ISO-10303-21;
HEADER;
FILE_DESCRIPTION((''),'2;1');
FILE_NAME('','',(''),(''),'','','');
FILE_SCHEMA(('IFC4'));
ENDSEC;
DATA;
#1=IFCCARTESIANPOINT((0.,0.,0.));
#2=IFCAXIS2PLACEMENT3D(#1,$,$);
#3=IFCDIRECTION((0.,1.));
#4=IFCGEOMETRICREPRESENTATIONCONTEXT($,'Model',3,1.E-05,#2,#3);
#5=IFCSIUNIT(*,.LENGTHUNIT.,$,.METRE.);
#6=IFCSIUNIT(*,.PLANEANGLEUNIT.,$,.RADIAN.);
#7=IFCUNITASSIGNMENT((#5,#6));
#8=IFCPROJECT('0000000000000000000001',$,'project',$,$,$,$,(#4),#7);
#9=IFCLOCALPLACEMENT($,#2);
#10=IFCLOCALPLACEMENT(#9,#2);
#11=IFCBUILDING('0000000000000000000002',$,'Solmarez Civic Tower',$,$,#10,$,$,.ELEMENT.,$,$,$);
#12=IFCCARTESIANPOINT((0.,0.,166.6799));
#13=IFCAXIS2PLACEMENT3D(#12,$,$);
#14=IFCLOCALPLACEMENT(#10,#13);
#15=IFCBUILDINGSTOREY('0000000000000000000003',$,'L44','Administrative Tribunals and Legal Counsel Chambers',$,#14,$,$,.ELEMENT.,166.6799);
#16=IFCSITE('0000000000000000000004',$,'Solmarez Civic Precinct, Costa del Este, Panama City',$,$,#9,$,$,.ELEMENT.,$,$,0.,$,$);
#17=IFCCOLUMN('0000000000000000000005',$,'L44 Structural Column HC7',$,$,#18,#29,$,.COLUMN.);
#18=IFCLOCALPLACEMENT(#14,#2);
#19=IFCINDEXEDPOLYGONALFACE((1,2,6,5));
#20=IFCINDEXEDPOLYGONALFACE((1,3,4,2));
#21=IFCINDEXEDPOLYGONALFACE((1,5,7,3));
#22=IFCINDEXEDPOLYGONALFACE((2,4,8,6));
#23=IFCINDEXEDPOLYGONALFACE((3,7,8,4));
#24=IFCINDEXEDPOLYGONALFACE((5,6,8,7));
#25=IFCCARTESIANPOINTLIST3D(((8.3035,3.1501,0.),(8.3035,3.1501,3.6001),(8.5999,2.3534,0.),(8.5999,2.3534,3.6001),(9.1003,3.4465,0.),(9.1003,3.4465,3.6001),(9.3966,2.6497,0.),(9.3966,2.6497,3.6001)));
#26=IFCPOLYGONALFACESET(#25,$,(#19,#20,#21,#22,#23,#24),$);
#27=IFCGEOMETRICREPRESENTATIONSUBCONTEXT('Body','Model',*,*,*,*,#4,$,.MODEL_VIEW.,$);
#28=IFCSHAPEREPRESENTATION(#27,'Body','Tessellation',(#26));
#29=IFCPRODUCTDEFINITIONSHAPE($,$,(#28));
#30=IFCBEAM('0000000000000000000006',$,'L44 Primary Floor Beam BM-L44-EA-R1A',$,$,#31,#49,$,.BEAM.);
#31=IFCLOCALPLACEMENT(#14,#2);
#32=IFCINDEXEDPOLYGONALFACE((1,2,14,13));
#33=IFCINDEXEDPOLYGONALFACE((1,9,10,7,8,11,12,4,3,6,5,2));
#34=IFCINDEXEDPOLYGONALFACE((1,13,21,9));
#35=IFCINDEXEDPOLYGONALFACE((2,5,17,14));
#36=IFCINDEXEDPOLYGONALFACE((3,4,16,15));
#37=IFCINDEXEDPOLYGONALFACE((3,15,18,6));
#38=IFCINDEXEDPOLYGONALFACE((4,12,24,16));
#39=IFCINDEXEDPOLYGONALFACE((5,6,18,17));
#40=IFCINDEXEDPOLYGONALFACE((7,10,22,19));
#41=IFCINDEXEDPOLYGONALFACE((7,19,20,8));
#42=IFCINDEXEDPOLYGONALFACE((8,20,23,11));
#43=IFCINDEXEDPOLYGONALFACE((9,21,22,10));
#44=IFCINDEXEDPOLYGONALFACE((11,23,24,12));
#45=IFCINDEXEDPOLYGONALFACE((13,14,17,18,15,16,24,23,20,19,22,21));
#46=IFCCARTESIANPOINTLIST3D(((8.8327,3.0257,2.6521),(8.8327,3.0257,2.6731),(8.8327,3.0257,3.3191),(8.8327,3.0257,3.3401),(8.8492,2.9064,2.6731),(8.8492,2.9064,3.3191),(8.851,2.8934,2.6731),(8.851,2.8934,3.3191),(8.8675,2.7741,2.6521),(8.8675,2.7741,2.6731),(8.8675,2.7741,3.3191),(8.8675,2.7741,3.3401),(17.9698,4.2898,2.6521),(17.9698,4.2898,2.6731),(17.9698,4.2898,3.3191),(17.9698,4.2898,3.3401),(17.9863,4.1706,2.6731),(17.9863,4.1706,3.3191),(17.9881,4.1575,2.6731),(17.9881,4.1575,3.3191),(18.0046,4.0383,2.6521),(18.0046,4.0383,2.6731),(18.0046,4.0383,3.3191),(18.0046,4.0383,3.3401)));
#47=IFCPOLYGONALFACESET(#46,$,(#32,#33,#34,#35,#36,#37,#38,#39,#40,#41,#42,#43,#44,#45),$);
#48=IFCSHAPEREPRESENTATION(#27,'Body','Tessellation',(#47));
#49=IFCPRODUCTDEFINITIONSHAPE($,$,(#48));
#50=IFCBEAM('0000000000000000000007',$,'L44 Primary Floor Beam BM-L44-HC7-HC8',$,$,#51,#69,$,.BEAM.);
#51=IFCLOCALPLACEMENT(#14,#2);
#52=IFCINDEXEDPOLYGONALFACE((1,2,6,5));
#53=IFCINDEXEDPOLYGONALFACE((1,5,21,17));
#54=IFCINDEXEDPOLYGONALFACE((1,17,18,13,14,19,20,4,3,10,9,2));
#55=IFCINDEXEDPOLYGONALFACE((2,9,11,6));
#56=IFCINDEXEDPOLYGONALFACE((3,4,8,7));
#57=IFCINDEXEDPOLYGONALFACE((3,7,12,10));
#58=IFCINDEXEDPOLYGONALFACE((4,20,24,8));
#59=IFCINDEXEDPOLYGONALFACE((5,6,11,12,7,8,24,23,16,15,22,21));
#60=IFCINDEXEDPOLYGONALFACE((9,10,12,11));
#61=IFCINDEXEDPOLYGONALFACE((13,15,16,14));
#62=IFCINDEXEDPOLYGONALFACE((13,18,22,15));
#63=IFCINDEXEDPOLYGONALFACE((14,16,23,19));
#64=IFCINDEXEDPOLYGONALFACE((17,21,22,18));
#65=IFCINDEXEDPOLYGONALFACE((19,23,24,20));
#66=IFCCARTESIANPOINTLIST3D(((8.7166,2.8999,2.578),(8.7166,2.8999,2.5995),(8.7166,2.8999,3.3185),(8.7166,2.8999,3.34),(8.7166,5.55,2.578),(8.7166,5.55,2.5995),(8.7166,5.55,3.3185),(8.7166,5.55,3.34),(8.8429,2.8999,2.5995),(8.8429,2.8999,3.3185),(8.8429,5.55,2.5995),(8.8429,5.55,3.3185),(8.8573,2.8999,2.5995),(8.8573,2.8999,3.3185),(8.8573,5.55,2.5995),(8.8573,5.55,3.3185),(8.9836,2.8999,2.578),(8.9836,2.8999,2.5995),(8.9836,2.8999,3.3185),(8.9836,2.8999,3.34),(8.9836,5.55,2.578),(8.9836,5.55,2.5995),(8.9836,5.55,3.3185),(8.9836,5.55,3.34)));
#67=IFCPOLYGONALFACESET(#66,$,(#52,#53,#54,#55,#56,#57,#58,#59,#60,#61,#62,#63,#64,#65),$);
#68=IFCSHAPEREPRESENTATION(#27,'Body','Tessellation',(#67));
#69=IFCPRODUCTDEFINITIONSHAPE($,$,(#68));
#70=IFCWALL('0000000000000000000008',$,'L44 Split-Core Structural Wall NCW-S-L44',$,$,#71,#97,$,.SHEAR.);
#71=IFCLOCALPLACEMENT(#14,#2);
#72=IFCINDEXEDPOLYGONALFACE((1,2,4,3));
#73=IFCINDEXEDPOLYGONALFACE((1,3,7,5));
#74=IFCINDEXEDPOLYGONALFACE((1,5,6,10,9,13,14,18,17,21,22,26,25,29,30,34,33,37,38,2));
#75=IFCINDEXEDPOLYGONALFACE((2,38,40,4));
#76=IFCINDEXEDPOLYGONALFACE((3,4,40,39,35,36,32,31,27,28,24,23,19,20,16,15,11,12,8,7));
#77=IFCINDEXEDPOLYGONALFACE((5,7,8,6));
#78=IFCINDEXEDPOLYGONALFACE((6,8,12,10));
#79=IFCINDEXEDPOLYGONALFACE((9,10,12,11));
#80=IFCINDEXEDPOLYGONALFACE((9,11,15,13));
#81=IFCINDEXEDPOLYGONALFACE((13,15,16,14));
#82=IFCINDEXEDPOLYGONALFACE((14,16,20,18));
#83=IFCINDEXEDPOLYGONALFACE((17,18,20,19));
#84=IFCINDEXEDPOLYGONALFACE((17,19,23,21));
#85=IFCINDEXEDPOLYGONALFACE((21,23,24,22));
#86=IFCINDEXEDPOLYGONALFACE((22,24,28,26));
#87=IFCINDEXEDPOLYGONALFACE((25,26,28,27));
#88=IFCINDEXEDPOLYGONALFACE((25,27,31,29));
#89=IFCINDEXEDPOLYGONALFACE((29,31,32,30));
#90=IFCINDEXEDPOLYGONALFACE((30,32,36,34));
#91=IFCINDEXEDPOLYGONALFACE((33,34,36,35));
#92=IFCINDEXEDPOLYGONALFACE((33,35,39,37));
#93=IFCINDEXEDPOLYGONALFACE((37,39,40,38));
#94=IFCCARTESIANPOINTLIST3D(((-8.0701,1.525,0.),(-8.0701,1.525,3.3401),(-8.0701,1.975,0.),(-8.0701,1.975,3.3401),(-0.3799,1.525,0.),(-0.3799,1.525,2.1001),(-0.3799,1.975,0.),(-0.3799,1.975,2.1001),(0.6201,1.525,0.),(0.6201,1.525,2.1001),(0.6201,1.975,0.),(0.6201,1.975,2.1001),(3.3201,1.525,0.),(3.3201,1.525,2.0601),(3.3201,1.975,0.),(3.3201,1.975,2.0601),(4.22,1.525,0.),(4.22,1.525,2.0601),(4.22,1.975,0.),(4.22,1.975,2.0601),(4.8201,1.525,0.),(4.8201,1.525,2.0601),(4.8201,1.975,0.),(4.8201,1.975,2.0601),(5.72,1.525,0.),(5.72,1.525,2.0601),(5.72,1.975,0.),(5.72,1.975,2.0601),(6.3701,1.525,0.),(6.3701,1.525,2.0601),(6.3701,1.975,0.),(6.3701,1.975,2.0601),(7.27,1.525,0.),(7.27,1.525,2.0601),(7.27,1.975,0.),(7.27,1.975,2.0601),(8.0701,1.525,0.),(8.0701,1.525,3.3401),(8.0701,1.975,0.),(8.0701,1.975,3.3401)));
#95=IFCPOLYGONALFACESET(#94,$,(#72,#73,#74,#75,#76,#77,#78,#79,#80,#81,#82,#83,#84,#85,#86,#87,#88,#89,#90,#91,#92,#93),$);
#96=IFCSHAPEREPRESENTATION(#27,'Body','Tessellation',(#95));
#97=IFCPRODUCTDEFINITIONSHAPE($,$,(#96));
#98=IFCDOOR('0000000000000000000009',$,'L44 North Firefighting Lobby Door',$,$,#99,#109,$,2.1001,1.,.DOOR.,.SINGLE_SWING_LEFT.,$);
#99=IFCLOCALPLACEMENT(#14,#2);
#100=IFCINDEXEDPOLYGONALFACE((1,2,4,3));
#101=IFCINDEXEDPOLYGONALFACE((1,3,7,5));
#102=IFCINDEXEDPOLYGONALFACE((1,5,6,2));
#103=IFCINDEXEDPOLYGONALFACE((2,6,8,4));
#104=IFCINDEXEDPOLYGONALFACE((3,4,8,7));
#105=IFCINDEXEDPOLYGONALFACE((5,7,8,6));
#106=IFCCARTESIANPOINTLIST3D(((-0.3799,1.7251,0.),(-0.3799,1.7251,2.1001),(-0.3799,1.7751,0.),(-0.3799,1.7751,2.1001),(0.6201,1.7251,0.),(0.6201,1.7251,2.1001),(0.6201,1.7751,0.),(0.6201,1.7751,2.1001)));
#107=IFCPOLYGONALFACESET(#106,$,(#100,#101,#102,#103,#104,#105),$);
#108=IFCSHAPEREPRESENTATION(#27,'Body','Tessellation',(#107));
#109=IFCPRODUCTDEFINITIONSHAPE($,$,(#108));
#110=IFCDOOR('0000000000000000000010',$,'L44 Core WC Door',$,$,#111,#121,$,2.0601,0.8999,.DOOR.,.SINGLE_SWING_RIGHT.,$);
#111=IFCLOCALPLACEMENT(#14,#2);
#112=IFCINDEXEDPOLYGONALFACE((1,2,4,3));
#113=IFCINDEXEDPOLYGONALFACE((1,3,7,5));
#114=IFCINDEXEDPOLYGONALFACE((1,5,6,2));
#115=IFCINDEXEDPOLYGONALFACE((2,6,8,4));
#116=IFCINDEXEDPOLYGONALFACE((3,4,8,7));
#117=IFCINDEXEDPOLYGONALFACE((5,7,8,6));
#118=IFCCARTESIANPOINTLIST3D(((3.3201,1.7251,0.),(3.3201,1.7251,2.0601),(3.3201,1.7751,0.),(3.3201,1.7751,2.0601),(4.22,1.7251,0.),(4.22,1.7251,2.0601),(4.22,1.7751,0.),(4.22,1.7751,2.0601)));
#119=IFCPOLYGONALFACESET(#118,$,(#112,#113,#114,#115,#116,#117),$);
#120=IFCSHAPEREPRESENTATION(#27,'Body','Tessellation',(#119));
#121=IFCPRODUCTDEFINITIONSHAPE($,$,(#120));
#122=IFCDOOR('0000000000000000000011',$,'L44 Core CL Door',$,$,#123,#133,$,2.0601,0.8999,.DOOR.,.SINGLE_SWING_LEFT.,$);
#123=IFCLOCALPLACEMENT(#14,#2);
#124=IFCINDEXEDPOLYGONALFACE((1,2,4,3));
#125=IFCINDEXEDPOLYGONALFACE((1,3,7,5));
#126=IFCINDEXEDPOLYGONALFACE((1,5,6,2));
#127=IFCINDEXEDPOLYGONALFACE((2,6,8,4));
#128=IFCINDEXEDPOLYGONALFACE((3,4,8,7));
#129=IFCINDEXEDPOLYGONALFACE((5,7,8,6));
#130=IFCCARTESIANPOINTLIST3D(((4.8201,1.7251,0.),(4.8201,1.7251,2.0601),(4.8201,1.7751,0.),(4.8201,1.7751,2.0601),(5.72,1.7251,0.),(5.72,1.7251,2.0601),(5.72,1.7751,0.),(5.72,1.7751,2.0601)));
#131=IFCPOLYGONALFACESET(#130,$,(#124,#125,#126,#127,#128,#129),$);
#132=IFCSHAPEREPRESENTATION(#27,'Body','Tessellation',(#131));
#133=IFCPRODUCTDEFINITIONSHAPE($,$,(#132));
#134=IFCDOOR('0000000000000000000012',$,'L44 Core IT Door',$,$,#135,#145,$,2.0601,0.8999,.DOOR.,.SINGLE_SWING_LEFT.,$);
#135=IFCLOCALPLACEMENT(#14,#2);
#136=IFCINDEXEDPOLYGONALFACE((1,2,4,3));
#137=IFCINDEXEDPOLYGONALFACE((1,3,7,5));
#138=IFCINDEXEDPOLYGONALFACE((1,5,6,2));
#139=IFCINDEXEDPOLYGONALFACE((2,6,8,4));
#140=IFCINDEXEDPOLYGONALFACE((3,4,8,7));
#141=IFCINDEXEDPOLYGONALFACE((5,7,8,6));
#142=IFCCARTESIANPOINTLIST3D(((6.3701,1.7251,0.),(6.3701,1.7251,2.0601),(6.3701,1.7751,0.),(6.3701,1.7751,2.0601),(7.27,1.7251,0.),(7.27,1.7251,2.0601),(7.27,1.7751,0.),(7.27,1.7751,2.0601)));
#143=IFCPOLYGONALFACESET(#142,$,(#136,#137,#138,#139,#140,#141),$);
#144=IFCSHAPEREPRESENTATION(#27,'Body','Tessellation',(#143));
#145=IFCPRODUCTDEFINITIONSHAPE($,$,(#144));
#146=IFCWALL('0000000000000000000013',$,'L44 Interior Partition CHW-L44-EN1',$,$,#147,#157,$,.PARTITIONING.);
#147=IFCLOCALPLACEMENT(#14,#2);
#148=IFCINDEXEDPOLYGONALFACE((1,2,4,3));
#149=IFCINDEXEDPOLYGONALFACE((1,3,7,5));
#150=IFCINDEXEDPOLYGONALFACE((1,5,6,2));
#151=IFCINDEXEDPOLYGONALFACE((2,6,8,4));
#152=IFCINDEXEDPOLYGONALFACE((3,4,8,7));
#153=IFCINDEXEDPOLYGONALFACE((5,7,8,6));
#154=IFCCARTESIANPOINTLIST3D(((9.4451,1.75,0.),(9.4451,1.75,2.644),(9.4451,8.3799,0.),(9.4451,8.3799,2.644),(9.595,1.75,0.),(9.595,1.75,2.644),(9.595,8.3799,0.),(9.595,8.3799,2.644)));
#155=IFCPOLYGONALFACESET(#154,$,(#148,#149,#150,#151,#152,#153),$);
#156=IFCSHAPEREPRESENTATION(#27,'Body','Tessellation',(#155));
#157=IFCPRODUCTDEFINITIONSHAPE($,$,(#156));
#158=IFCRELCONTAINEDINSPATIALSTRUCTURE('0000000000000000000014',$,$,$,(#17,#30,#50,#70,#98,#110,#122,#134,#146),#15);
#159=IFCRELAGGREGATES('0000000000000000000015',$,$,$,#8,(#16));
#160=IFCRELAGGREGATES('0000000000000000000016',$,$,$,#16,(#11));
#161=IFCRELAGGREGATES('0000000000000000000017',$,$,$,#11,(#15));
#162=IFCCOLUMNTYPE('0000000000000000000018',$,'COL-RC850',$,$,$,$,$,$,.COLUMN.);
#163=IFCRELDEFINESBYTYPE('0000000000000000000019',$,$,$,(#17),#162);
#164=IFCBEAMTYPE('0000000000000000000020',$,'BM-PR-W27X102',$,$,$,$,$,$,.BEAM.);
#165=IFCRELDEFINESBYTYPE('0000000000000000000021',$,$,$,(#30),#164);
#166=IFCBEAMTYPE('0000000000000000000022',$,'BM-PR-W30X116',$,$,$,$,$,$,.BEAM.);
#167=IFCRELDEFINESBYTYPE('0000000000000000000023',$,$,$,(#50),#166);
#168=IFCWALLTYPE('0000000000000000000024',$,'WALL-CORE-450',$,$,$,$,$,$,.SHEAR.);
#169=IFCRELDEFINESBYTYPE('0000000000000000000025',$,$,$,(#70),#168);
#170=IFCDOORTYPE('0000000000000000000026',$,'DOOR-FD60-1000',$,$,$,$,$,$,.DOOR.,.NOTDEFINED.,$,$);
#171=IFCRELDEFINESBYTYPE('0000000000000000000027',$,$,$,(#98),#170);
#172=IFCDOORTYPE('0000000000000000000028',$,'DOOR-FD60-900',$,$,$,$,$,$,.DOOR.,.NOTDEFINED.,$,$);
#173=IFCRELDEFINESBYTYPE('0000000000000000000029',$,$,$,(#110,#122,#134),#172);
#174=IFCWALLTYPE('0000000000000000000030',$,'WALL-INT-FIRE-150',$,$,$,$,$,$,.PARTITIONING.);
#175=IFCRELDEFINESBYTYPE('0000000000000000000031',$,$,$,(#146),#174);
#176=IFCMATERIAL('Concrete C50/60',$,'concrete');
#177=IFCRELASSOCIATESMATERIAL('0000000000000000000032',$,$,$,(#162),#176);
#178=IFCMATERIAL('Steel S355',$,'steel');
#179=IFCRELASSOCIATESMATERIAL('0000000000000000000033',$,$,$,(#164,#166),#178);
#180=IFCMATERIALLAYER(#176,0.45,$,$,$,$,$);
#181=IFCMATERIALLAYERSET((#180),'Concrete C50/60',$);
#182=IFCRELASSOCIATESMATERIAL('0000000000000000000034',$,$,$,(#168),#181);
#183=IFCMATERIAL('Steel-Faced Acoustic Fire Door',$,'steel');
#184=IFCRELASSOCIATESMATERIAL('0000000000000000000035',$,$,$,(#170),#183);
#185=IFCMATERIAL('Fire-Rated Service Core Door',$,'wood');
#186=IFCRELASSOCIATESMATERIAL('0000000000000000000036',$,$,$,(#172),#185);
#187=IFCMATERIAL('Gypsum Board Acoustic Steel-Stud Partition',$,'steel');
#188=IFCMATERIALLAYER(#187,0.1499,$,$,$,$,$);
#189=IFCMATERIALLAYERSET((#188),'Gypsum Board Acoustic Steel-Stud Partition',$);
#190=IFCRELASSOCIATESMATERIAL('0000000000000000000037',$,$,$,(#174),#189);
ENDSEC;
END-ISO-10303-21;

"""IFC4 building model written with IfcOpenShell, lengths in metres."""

from ifc_helpers import new_model, si_unit, direction, frame, frame_2d, origin, origin_2d, place, context, subcontext, project, spatial, rectangle, i_section, extrude, material, layer, layer_set, material_profile, profile_set, type_object, element, fill, save


model = new_model("IFC4")

# Units and contexts
model_context = context("Model", 3, precision=1e-05, world=origin(), true_north=direction((0.0, 1.0)))
body_context = subcontext(model_context, "Body", "Model", "MODEL_VIEW")
ifc_project = project(units=[si_unit("LENGTHUNIT", "METRE"), si_unit("PLANEANGLEUNIT", "RADIAN")], contexts=[model_context])

# Site, building, storey
site_placement = place(None, origin())
site = spatial("IfcSite", under=ifc_project, at=site_placement, Name="Solmarez Civic Precinct, Costa del Este, Panama City", CompositionType="ELEMENT", RefElevation=0.0)
building_placement = place(site_placement, origin())
building = spatial("IfcBuilding", under=site, at=building_placement, Name="Solmarez Civic Tower", CompositionType="ELEMENT")
storey_placement = place(building_placement, frame((0.0, 0.0, 166.6799)))
storey = spatial("IfcBuildingStorey", under=building, at=storey_placement, Name="L44", Description="Administrative Tribunals and Legal Counsel Chambers", CompositionType="ELEMENT", Elevation=166.6799)

# Column
ifc_material_1 = material(Name="Concrete C50/60", Category="concrete")
ifc_material_profile_1 = material_profile(ifc_material_1, rectangle(XDim=0.8501, YDim=0.8501, at=origin_2d()), Name="RC850X850")
ifc_profile_set_1 = profile_set([ifc_material_profile_1], Name="Concrete C50/60")
column_type = type_object("IfcColumnType", Name="COL-RC850", PredefinedType="COLUMN", material=ifc_profile_set_1)
column_placement = place(storey_placement, frame((8.8501, 2.8999, 0.0), z_axis=(0.0, 0.0, 1.0), x_axis=(0.937282, 0.348572, 0.0)))
element("IfcColumn", 1, at=column_placement, inside=storey, type_object=column_type, Name="L44 Structural Column HC7", PredefinedType="COLUMN", context=body_context, shape_type="SweptSolid", body=[
    extrude(rectangle(XDim=0.8501, YDim=0.8501, at=origin_2d()), origin(), (0.0, 0.0, 1.0), 3.6001),
])

# Beams
ifc_material_2 = material(Name="Steel S355", Category="steel")
ifc_material_profile_2 = material_profile(ifc_material_2, i_section(OverallWidth=0.2539, OverallDepth=0.688, WebThickness=0.0132, FlangeThickness=0.021, at=origin_2d()), Name="W27X102")
ifc_profile_set_2 = profile_set([ifc_material_profile_2], Name="Steel S355")
beam_type_1 = type_object("IfcBeamType", Name="BM-PR-W27X102", PredefinedType="BEAM", material=ifc_profile_set_2)
beam_1_placement = place(storey_placement, frame((8.8501, 2.8999, 2.9961), z_axis=(0.990564, 0.137051, 0.0), x_axis=(-0.137051, 0.990564, 0.0)))
element("IfcBeam", 2, at=beam_1_placement, inside=storey, type_object=beam_type_1, Name="L44 Primary Floor Beam BM-L44-EA-R1A", PredefinedType="BEAM", context=body_context, shape_type="SweptSolid", body=[
    extrude(i_section(OverallWidth=0.2539, OverallDepth=0.688, WebThickness=0.0132, FlangeThickness=0.021, at=origin_2d()), origin(), (0.0, 0.0, 1.0), 9.2241),
])
ifc_material_profile_3 = material_profile(ifc_material_2, i_section(OverallWidth=0.2671, OverallDepth=0.762, WebThickness=0.0144, FlangeThickness=0.0215, at=origin_2d()), Name="W30X116")
ifc_profile_set_3 = profile_set([ifc_material_profile_3], Name="Steel S355")
beam_type_2 = type_object("IfcBeamType", Name="BM-PR-W30X116", PredefinedType="BEAM", material=ifc_profile_set_3)
beam_2_placement = place(storey_placement, frame((8.8501, 2.8999, 2.959), z_axis=(0.0, 1.0, 0.0), x_axis=(-1.0, 0.0, 0.0)))
element("IfcBeam", 3, at=beam_2_placement, inside=storey, type_object=beam_type_2, Name="L44 Primary Floor Beam BM-L44-HC7-HC8", PredefinedType="BEAM", context=body_context, shape_type="SweptSolid", body=[
    extrude(i_section(OverallWidth=0.2671, OverallDepth=0.762, WebThickness=0.0144, FlangeThickness=0.0215, at=origin_2d()), origin(), (0.0, 0.0, 1.0), 2.6501),
])

# Wall, openings, doors
ifc_layer_1 = layer(ifc_material_1, 0.45)
ifc_layer_set_1 = layer_set([ifc_layer_1], Name="Concrete C50/60")
wall_type_1 = type_object("IfcWallType", Name="WALL-CORE-450", PredefinedType="SHEAR", material=ifc_layer_set_1)
wall_1_placement = place(storey_placement, frame((8.0701, 1.75, 0.0), z_axis=(0.0, 0.0, 1.0), x_axis=(-1.0, 0.0, 0.0)))
wall_1 = element("IfcWall", 4, at=wall_1_placement, inside=storey, type_object=wall_type_1, Name="L44 Split-Core Structural Wall NCW-S-L44", PredefinedType="SHEAR", context=body_context, shape_type="SweptSolid", body=[
    extrude(rectangle(XDim=16.1401, YDim=0.45, at=frame_2d((8.0701, 0.0))), origin(), (0.0, 0.0, 1.0), 3.3401),
])
opening_1_placement = place(wall_1_placement, frame((7.45, 0.0, 0.0)))
opening_1 = element("IfcOpeningElement", 5, at=opening_1_placement, cuts=wall_1, PredefinedType="OPENING", context=body_context, shape_type="SweptSolid", body=[
    extrude(rectangle(XDim=1.0, YDim=2.1001, at=frame_2d((0.5, 1.05))), frame((0.0, 0.2349, 0.0), z_axis=(0.0, -1.0, 0.0), x_axis=(1.0, 0.0, 0.0)), (0.0, 0.0, 1.0), 0.47),
])
opening_2_placement = place(wall_1_placement, frame((3.8501, 0.0, 0.0)))
opening_2 = element("IfcOpeningElement", 6, at=opening_2_placement, cuts=wall_1, PredefinedType="OPENING", context=body_context, shape_type="SweptSolid", body=[
    extrude(rectangle(XDim=0.8999, YDim=2.0601, at=frame_2d((0.45, 1.03))), frame((0.0, 0.2349, 0.0), z_axis=(0.0, -1.0, 0.0), x_axis=(1.0, 0.0, 0.0)), (0.0, 0.0, 1.0), 0.47),
])
opening_3_placement = place(wall_1_placement, frame((2.3501, 0.0, 0.0)))
opening_3 = element("IfcOpeningElement", 7, at=opening_3_placement, cuts=wall_1, PredefinedType="OPENING", context=body_context, shape_type="SweptSolid", body=[
    extrude(rectangle(XDim=0.8999, YDim=2.0601, at=frame_2d((0.45, 1.03))), frame((0.0, 0.2349, 0.0), z_axis=(0.0, -1.0, 0.0), x_axis=(1.0, 0.0, 0.0)), (0.0, 0.0, 1.0), 0.47),
])
opening_4_placement = place(wall_1_placement, frame((0.8, 0.0, 0.0)))
opening_4 = element("IfcOpeningElement", 8, at=opening_4_placement, cuts=wall_1, PredefinedType="OPENING", context=body_context, shape_type="SweptSolid", body=[
    extrude(rectangle(XDim=0.8999, YDim=2.0601, at=frame_2d((0.45, 1.03))), frame((0.0, 0.2349, 0.0), z_axis=(0.0, -1.0, 0.0), x_axis=(1.0, 0.0, 0.0)), (0.0, 0.0, 1.0), 0.47),
])
ifc_material_3 = material(Name="Steel-Faced Acoustic Fire Door", Category="steel")
door_type_1 = type_object("IfcDoorType", Name="DOOR-FD60-1000", OperationType="NOTDEFINED", PredefinedType="DOOR", material=ifc_material_3)
door_1_placement = place(opening_1_placement, origin())
door_1 = element("IfcDoor", 9, at=door_1_placement, inside=storey, type_object=door_type_1, Name="L44 North Firefighting Lobby Door", OperationType="SINGLE_SWING_LEFT", OverallHeight=2.1001, OverallWidth=1.0, PredefinedType="DOOR", context=body_context, shape_type="SweptSolid", body=[
    extrude(rectangle(XDim=1.0, YDim=2.1001, at=frame_2d((0.5, 1.05))), frame((0.0, 0.0249, 0.0), z_axis=(0.0, -1.0, 0.0), x_axis=(1.0, 0.0, 0.0)), (0.0, 0.0, 1.0), 0.05),
])
fill(opening_1, door_1)
ifc_material_4 = material(Name="Fire-Rated Service Core Door", Category="wood")
door_type_2 = type_object("IfcDoorType", Name="DOOR-FD60-900", OperationType="NOTDEFINED", PredefinedType="DOOR", material=ifc_material_4)
door_2_placement = place(opening_2_placement, origin())
door_2 = element("IfcDoor", 10, at=door_2_placement, inside=storey, type_object=door_type_2, Name="L44 Core WC Door", OperationType="SINGLE_SWING_RIGHT", OverallHeight=2.0601, OverallWidth=0.8999, PredefinedType="DOOR", context=body_context, shape_type="SweptSolid", body=[
    extrude(rectangle(XDim=0.8999, YDim=2.0601, at=frame_2d((0.45, 1.03))), frame((0.0, 0.0249, 0.0), z_axis=(0.0, -1.0, 0.0), x_axis=(1.0, 0.0, 0.0)), (0.0, 0.0, 1.0), 0.05),
])
fill(opening_2, door_2)
door_3_placement = place(opening_3_placement, origin())
door_3 = element("IfcDoor", 11, at=door_3_placement, inside=storey, type_object=door_type_2, Name="L44 Core CL Door", OperationType="SINGLE_SWING_LEFT", OverallHeight=2.0601, OverallWidth=0.8999, PredefinedType="DOOR", context=body_context, shape_type="SweptSolid", body=[
    extrude(rectangle(XDim=0.8999, YDim=2.0601, at=frame_2d((0.45, 1.03))), frame((0.0, 0.0249, 0.0), z_axis=(0.0, -1.0, 0.0), x_axis=(1.0, 0.0, 0.0)), (0.0, 0.0, 1.0), 0.05),
])
fill(opening_3, door_3)
door_4_placement = place(opening_4_placement, origin())
door_4 = element("IfcDoor", 12, at=door_4_placement, inside=storey, type_object=door_type_2, Name="L44 Core IT Door", OperationType="SINGLE_SWING_LEFT", OverallHeight=2.0601, OverallWidth=0.8999, PredefinedType="DOOR", context=body_context, shape_type="SweptSolid", body=[
    extrude(rectangle(XDim=0.8999, YDim=2.0601, at=frame_2d((0.45, 1.03))), frame((0.0, 0.0249, 0.0), z_axis=(0.0, -1.0, 0.0), x_axis=(1.0, 0.0, 0.0)), (0.0, 0.0, 1.0), 0.05),
])
fill(opening_4, door_4)

# Wall
ifc_material_5 = material(Name="Gypsum Board Acoustic Steel-Stud Partition", Category="steel")
ifc_layer_2 = layer(ifc_material_5, 0.1499)
ifc_layer_set_2 = layer_set([ifc_layer_2], Name="Gypsum Board Acoustic Steel-Stud Partition")
wall_type_2 = type_object("IfcWallType", Name="WALL-INT-FIRE-150", PredefinedType="PARTITIONING", material=ifc_layer_set_2)
wall_2_placement = place(storey_placement, frame((9.52, 1.75, 0.0), z_axis=(0.0, 0.0, 1.0), x_axis=(0.0, 1.0, 0.0)))
element("IfcWall", 13, at=wall_2_placement, inside=storey, type_object=wall_type_2, Name="L44 Interior Partition CHW-L44-EN1", PredefinedType="PARTITIONING", context=body_context, shape_type="SweptSolid", body=[
    extrude(rectangle(XDim=6.6299, YDim=0.1499, at=frame_2d((3.3149, 0.0))), origin(), (0.0, 0.0, 1.0), 2.644),
])

save(model, "model.ifc")
